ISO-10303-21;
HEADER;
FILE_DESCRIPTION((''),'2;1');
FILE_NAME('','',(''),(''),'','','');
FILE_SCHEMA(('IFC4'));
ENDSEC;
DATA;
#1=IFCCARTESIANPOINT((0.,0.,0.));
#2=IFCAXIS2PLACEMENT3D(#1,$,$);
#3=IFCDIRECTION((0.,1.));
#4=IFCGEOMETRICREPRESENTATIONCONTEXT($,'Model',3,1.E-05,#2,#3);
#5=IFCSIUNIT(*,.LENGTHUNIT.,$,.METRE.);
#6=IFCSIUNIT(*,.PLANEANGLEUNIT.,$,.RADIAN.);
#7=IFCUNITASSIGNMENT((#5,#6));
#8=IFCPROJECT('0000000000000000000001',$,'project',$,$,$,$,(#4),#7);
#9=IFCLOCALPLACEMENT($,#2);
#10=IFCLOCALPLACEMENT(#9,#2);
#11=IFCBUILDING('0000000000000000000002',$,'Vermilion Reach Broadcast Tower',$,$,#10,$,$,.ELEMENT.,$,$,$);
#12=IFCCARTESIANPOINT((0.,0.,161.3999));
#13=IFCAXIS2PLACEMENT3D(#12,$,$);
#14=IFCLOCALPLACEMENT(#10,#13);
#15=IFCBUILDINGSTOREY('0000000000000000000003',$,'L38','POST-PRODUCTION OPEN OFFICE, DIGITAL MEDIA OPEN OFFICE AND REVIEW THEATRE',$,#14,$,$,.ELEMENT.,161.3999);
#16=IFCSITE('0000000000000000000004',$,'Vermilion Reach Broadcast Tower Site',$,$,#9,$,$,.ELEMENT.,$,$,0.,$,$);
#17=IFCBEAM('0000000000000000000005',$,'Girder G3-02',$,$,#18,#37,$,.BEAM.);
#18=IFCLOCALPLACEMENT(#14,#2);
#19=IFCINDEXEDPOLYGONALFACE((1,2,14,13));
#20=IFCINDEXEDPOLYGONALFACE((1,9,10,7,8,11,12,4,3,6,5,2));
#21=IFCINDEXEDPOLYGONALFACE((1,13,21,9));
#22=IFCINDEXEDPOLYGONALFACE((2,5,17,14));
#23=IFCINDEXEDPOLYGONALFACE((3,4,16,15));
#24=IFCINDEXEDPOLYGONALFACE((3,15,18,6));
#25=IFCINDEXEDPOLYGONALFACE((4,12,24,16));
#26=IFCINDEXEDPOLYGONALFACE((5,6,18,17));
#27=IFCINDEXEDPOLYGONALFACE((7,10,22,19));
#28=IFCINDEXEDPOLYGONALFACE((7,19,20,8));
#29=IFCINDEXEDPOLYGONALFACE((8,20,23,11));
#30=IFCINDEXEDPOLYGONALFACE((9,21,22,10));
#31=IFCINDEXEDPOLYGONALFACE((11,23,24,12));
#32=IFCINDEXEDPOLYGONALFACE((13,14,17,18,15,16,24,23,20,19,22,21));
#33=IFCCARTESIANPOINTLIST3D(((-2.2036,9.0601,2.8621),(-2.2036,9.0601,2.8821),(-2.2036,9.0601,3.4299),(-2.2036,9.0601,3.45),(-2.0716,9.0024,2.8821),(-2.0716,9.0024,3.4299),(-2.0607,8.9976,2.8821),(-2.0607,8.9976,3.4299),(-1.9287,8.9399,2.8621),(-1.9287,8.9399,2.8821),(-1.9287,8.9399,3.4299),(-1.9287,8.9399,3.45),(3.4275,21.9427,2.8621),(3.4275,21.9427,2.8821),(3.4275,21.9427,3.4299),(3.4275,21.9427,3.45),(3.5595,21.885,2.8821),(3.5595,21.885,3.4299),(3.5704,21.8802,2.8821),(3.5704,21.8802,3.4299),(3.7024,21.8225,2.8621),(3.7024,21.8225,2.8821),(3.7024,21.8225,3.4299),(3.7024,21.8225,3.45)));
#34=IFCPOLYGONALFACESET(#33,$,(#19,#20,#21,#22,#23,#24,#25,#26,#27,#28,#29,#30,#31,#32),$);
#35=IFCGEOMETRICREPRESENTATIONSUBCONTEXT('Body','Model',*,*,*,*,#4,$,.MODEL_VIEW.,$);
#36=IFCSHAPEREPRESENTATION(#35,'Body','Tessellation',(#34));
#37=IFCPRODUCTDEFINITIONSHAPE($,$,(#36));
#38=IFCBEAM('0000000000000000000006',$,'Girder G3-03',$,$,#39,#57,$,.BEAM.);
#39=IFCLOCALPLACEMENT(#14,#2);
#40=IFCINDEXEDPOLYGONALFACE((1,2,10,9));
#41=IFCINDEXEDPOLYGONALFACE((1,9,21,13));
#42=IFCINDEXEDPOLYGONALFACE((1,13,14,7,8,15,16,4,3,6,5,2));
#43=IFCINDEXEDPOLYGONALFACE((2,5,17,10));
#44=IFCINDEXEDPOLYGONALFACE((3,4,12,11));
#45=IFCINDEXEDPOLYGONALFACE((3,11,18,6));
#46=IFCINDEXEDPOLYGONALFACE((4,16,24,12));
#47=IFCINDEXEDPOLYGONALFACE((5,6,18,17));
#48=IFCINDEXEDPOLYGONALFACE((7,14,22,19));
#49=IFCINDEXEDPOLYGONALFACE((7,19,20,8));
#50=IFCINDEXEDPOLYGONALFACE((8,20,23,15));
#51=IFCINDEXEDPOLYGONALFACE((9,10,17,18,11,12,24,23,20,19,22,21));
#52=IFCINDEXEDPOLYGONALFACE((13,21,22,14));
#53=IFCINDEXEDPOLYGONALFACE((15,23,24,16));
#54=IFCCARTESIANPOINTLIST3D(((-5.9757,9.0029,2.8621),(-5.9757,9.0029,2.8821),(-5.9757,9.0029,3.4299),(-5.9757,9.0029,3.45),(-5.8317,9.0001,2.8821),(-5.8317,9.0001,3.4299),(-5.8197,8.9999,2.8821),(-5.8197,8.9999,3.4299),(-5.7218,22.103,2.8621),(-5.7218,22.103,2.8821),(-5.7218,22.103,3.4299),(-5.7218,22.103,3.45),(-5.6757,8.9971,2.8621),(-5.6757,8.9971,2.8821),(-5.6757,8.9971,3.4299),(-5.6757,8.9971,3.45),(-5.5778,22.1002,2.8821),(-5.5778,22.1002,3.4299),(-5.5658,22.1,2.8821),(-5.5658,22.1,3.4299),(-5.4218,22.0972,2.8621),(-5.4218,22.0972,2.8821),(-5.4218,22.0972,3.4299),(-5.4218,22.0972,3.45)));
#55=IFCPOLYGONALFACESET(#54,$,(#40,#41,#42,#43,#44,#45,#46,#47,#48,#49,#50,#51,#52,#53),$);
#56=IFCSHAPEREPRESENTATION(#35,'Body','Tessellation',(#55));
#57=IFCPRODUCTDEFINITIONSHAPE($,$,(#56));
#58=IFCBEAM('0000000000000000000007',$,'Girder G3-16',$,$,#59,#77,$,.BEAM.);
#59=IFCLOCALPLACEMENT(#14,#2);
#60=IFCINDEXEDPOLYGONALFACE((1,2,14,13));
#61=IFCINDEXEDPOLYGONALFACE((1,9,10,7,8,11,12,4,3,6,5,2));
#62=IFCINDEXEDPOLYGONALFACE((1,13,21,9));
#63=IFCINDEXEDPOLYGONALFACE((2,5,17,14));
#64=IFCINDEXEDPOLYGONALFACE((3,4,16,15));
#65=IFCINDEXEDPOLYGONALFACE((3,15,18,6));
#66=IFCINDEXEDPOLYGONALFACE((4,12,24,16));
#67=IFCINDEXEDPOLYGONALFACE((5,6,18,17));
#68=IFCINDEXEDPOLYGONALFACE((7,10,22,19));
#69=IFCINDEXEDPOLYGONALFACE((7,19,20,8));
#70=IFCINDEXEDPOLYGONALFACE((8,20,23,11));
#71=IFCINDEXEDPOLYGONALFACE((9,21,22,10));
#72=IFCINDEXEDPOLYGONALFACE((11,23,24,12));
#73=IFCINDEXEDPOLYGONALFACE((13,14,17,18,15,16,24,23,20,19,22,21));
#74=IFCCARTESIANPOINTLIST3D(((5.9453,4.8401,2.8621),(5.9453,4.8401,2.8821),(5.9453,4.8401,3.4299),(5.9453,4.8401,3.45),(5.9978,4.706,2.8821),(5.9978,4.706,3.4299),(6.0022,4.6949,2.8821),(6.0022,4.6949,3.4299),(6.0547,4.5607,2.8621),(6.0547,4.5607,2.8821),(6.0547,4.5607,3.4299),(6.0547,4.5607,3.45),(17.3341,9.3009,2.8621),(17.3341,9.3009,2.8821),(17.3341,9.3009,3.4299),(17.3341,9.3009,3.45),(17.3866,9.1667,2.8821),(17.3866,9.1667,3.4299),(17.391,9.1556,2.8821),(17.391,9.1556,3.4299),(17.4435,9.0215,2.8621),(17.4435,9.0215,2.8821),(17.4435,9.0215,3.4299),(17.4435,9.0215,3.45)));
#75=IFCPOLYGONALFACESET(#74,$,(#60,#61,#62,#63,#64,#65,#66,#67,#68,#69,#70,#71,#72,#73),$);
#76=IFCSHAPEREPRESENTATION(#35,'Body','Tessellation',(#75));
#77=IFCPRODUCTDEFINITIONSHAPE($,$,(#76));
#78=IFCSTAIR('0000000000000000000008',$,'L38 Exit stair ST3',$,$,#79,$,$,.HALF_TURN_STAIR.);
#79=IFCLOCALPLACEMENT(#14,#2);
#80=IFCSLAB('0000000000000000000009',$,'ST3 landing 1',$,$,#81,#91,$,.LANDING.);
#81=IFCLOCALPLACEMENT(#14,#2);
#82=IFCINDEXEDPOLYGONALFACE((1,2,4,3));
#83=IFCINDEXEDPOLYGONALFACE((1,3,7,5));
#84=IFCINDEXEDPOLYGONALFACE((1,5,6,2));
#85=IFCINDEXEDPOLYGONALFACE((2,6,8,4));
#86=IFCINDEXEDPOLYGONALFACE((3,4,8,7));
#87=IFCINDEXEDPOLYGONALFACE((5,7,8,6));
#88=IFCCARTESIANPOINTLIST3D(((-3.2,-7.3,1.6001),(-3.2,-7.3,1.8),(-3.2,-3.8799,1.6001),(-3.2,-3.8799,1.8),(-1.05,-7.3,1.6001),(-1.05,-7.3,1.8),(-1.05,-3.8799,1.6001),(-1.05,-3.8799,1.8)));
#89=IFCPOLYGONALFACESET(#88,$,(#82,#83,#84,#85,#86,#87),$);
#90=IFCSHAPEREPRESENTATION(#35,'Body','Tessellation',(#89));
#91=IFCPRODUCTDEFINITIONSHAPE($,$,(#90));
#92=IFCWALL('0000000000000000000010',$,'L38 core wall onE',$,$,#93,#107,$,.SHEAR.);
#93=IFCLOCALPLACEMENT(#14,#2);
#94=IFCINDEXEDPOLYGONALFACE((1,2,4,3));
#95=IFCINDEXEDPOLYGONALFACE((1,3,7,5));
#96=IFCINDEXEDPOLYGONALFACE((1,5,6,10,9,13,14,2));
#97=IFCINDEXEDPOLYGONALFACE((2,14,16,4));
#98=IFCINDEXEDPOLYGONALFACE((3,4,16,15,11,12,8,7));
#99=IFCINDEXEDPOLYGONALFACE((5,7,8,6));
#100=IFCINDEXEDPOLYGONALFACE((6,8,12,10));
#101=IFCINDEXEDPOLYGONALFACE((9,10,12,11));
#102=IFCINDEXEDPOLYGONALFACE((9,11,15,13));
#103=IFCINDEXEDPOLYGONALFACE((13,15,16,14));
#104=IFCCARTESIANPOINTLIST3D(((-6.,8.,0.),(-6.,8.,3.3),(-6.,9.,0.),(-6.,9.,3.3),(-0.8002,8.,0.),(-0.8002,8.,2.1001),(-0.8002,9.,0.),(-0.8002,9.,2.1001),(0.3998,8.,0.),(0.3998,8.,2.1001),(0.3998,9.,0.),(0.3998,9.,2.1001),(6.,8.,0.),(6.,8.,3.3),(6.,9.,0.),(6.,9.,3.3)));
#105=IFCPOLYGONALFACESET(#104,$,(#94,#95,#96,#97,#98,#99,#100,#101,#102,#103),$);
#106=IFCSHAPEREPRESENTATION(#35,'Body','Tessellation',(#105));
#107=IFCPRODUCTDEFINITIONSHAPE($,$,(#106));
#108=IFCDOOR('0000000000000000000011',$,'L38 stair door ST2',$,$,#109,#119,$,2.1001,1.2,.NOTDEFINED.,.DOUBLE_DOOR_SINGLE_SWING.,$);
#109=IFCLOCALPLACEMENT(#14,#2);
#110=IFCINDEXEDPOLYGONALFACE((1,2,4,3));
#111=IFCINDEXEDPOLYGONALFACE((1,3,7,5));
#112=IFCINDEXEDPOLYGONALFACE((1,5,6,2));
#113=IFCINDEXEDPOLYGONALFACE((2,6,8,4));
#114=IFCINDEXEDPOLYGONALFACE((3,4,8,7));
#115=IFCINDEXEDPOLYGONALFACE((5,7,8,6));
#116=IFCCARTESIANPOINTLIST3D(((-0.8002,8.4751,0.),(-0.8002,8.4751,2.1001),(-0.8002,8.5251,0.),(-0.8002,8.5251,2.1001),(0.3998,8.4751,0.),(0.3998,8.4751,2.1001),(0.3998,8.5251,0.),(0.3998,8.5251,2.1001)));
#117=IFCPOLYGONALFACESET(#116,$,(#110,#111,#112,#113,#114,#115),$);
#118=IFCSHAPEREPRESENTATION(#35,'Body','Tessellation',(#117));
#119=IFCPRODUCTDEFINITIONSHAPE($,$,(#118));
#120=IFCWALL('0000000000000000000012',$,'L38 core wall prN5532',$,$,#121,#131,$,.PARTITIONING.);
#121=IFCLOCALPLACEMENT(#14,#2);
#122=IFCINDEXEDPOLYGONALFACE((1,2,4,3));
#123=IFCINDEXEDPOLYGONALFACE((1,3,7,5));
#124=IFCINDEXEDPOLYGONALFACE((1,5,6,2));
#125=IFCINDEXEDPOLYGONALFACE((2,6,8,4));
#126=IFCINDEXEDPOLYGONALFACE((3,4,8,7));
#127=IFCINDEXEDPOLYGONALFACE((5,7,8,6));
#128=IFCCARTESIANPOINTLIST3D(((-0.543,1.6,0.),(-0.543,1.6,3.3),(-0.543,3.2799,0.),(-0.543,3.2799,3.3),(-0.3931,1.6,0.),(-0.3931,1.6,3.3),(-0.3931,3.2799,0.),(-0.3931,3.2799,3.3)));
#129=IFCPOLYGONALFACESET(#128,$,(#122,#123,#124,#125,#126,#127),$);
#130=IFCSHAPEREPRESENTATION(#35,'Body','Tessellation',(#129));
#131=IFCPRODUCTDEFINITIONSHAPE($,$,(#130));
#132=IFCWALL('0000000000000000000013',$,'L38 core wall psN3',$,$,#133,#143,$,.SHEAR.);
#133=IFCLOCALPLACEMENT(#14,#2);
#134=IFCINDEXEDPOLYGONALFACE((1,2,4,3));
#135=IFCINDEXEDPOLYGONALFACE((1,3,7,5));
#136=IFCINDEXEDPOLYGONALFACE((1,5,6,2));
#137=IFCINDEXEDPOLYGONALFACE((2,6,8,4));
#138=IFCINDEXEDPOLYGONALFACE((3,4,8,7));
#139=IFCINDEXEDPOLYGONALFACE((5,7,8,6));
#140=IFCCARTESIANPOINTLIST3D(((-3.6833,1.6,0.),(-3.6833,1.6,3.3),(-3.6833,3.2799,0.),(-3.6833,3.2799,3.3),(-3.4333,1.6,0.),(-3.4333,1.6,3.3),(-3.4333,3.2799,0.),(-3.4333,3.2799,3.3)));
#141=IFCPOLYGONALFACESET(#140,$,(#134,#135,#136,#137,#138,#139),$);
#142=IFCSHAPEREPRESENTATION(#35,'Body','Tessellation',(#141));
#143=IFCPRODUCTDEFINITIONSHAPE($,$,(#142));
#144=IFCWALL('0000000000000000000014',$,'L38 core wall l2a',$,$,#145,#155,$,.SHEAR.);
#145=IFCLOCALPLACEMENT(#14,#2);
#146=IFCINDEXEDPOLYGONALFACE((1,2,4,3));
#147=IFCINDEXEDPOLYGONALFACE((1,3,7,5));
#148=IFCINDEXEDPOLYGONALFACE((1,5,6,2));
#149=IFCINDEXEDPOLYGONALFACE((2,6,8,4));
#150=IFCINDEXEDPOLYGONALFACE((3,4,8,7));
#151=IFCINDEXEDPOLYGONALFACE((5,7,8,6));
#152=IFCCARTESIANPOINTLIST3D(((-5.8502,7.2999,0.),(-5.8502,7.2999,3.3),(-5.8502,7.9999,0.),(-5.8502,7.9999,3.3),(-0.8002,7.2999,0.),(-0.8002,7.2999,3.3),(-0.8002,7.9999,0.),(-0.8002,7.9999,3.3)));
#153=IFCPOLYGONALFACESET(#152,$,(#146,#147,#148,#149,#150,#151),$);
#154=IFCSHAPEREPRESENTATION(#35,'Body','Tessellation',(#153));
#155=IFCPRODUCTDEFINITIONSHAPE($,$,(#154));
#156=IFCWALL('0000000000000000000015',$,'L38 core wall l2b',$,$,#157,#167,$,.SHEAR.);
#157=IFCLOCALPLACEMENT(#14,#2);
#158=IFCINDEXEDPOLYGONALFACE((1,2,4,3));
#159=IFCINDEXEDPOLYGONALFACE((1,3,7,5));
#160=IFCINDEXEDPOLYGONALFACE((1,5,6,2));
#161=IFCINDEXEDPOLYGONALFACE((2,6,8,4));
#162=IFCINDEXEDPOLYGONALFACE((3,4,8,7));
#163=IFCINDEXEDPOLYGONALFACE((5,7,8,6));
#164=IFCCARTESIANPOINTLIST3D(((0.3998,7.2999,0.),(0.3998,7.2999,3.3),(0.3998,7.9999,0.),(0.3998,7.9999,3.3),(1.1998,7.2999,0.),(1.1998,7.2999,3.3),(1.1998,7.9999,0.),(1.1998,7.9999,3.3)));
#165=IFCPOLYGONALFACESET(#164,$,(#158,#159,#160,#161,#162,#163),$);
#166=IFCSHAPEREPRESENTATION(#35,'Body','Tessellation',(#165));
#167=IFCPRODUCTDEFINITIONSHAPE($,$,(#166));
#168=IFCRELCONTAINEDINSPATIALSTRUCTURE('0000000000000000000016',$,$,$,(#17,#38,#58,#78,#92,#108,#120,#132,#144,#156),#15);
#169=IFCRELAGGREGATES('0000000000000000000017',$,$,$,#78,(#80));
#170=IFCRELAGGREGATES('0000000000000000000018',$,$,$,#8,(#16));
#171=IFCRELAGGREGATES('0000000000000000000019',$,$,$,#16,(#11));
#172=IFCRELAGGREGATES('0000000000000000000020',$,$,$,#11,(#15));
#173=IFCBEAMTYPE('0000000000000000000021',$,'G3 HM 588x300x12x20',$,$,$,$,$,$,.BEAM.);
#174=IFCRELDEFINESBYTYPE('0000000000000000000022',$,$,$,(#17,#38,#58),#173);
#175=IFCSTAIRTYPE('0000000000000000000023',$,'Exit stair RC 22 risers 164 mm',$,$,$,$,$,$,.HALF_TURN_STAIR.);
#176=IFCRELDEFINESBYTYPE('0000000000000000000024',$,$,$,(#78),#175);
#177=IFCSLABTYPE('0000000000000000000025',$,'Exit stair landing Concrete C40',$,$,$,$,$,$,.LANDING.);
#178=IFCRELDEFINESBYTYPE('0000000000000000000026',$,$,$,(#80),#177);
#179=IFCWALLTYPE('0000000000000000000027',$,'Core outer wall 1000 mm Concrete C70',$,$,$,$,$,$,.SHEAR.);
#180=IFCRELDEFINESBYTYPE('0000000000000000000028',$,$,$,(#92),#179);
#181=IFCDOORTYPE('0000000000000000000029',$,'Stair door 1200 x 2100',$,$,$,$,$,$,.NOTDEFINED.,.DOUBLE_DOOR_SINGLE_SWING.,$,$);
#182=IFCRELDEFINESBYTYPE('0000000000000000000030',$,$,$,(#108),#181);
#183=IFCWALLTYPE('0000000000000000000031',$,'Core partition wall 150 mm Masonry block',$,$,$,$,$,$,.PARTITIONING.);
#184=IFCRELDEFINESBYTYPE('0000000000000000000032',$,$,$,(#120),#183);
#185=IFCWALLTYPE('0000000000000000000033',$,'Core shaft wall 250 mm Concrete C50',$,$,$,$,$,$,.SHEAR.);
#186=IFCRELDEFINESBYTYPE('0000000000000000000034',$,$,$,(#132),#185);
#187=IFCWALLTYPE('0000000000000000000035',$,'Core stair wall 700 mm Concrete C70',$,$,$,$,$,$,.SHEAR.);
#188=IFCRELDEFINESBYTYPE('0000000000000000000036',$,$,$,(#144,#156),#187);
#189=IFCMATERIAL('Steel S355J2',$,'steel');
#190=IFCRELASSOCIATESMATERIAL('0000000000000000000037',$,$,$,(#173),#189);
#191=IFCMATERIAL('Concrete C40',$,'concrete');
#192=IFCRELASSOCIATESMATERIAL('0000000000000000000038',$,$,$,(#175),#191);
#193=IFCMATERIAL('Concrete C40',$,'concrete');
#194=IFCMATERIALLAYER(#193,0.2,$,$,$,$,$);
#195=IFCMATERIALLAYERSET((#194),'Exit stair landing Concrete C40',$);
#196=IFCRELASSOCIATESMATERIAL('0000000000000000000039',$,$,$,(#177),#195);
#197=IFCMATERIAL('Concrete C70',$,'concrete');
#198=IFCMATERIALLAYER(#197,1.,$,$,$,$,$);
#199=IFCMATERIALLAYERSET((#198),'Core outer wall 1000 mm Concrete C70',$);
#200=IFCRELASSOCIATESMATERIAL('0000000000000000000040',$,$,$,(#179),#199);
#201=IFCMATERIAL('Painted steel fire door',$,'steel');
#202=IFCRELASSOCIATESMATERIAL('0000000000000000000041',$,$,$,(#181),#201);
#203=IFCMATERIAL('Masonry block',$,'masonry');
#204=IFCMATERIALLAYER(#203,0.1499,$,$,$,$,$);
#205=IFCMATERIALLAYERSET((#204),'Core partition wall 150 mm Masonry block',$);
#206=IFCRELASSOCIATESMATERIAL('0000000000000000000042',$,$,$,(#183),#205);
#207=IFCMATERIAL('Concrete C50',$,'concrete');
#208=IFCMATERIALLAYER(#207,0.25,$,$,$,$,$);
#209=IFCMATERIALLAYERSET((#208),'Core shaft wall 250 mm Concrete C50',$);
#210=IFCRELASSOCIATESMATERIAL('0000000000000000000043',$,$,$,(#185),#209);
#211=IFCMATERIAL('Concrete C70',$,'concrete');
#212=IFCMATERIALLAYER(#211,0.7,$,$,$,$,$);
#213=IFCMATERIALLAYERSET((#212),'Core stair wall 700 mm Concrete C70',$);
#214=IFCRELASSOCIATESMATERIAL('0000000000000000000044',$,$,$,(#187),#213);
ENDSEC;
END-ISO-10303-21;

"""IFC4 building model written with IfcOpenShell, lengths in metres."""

from ifc_helpers import new_model, si_unit, direction, frame, frame_2d, origin, origin_2d, place, context, subcontext, project, spatial, polyline, rectangle, i_section, outline, extrude, material, layer, layer_set, material_profile, profile_set, type_object, element, fill, aggregate, save


model = new_model("IFC4")

# Units and contexts
model_context = context("Model", 3, precision=1e-05, world=origin(), true_north=direction((0.0, 1.0)))
body_context = subcontext(model_context, "Body", "Model", "MODEL_VIEW")
ifc_project = project(units=[si_unit("LENGTHUNIT", "METRE"), si_unit("PLANEANGLEUNIT", "RADIAN")], contexts=[model_context])

# Site, building, storey
site_placement = place(None, origin())
site = spatial("IfcSite", under=ifc_project, at=site_placement, Name="Vermilion Reach Broadcast Tower Site", CompositionType="ELEMENT", RefElevation=0.0)
building_placement = place(site_placement, origin())
building = spatial("IfcBuilding", under=site, at=building_placement, Name="Vermilion Reach Broadcast Tower", CompositionType="ELEMENT")
storey_placement = place(building_placement, frame((0.0, 0.0, 161.3999)))
storey = spatial("IfcBuildingStorey", under=building, at=storey_placement, Name="L38", Description="POST-PRODUCTION OPEN OFFICE, DIGITAL MEDIA OPEN OFFICE AND REVIEW THEATRE", CompositionType="ELEMENT", Elevation=161.3999)

# Beams
ifc_material_1 = material(Name="Steel S355J2", Category="steel")
ifc_material_profile = material_profile(ifc_material_1, i_section(OverallWidth=0.3, OverallDepth=0.5879, WebThickness=0.012, FlangeThickness=0.02, at=origin_2d()), Name="S355J2 HM 588x300x12x20")
ifc_profile_set = profile_set([ifc_material_profile], Name="Steel S355J2")
beam_type = type_object("IfcBeamType", Name="G3 HM 588x300x12x20", PredefinedType="BEAM", material=ifc_profile_set)
beam_1_placement = place(storey_placement, frame((-2.0662, 9.0, 3.156), z_axis=(0.400519, 0.916288, 0.0), x_axis=(-0.916288, 0.400519, 0.0)))
element("IfcBeam", 1, at=beam_1_placement, inside=storey, type_object=beam_type, Name="Girder G3-02", PredefinedType="BEAM", context=body_context, shape_type="SweptSolid", body=[
    extrude(i_section(OverallWidth=0.3, OverallDepth=0.5879, WebThickness=0.012, FlangeThickness=0.02, at=origin_2d()), origin(), (0.0, 0.0, 1.0), 14.0596),
])
beam_2_placement = place(storey_placement, frame((-5.8257, 9.0, 3.156), z_axis=(0.019378, 0.999812, 0.0), x_axis=(-0.999812, 0.019378, 0.0)))
element("IfcBeam", 2, at=beam_2_placement, inside=storey, type_object=beam_type, Name="Girder G3-03", PredefinedType="BEAM", context=body_context, shape_type="SweptSolid", body=[
    extrude(i_section(OverallWidth=0.3, OverallDepth=0.5879, WebThickness=0.012, FlangeThickness=0.02, at=origin_2d()), origin(), (0.0, 0.0, 1.0), 13.1025),
])
beam_3_placement = place(storey_placement, frame((6.0, 4.7004, 3.156), z_axis=(0.931125, 0.364701, 0.0), x_axis=(-0.364701, 0.931125, 0.0)))
element("IfcBeam", 3, at=beam_3_placement, inside=storey, type_object=beam_type, Name="Girder G3-16", PredefinedType="BEAM", context=body_context, shape_type="SweptSolid", body=[
    extrude(i_section(OverallWidth=0.3, OverallDepth=0.5879, WebThickness=0.012, FlangeThickness=0.02, at=origin_2d()), origin(), (0.0, 0.0, 1.0), 12.2312),
])

# Stair, slab
ifc_material_2 = material(Name="Concrete C40", Category="concrete")
stair_type = type_object("IfcStairType", Name="Exit stair RC 22 risers 164 mm", PredefinedType="HALF_TURN_STAIR", material=ifc_material_2)
placement = place(storey_placement, origin())
stair_1 = element("IfcStair", 4, at=placement, inside=storey, type_object=stair_type, Name="L38 Exit stair ST3", PredefinedType="HALF_TURN_STAIR")
ifc_material_3 = material(Name="Concrete C40", Category="concrete")
ifc_layer_1 = layer(ifc_material_3, 0.2)
ifc_layer_set_1 = layer_set([ifc_layer_1], Name="Exit stair landing Concrete C40")
slab_type = type_object("IfcSlabType", Name="Exit stair landing Concrete C40", PredefinedType="LANDING", material=ifc_layer_set_1)
slab_placement = place(storey_placement, frame((0.0, 0.0, 1.6001)))
slab = element("IfcSlab", 5, at=slab_placement, type_object=slab_type, Name="ST3 landing 1", PredefinedType="LANDING", context=body_context, shape_type="SweptSolid", body=[
    extrude(outline(polyline([(-3.2, -7.3), (-1.05, -7.3), (-1.05, -3.8799), (-3.2, -3.8799), (-3.2, -7.3)])), origin(), (0.0, 0.0, 1.0), 0.2),
])
aggregate(stair_1, [slab])

# Wall, opening, door
ifc_material_4 = material(Name="Concrete C70", Category="concrete")
ifc_layer_2 = layer(ifc_material_4, 1.0)
ifc_layer_set_2 = layer_set([ifc_layer_2], Name="Core outer wall 1000 mm Concrete C70")
wall_type_1 = type_object("IfcWallType", Name="Core outer wall 1000 mm Concrete C70", PredefinedType="SHEAR", material=ifc_layer_set_2)
wall_1_placement = place(storey_placement, frame((6.0, 8.5, 0.0), z_axis=(0.0, 0.0, 1.0), x_axis=(-1.0, 0.0, 0.0)))
wall_1 = element("IfcWall", 6, at=wall_1_placement, inside=storey, type_object=wall_type_1, Name="L38 core wall onE", PredefinedType="SHEAR", context=body_context, shape_type="SweptSolid", body=[
    extrude(rectangle(XDim=12.0, YDim=1.0, at=frame_2d((6.0, 0.0))), origin(), (0.0, 0.0, 1.0), 3.3),
])
opening_placement = place(wall_1_placement, frame((5.6001, 0.0, 0.0)))
opening = element("IfcOpeningElement", 7, at=opening_placement, cuts=wall_1, PredefinedType="OPENING", context=body_context, shape_type="SweptSolid", body=[
    extrude(rectangle(XDim=1.2, YDim=2.1001, at=frame_2d((0.6001, 1.05))), frame((0.0, 0.51, 0.0), z_axis=(0.0, -1.0, 0.0), x_axis=(1.0, 0.0, 0.0)), (0.0, 0.0, 1.0), 1.02),
])
ifc_material_5 = material(Name="Painted steel fire door", Category="steel")
door_type = type_object("IfcDoorType", Name="Stair door 1200 x 2100", OperationType="DOUBLE_DOOR_SINGLE_SWING", PredefinedType="NOTDEFINED", material=ifc_material_5)
door_placement = place(opening_placement, origin())
door = element("IfcDoor", 8, at=door_placement, inside=storey, type_object=door_type, Name="L38 stair door ST2", OperationType="DOUBLE_DOOR_SINGLE_SWING", OverallHeight=2.1001, OverallWidth=1.2, PredefinedType="NOTDEFINED", context=body_context, shape_type="SweptSolid", body=[
    extrude(rectangle(XDim=1.2, YDim=2.1001, at=frame_2d((0.6001, 1.05))), frame((0.0, 0.0249, 0.0), z_axis=(0.0, -1.0, 0.0), x_axis=(1.0, 0.0, 0.0)), (0.0, 0.0, 1.0), 0.05),
])
fill(opening, door)

# Walls
ifc_material_6 = material(Name="Masonry block", Category="masonry")
ifc_layer_3 = layer(ifc_material_6, 0.1499)
ifc_layer_set_3 = layer_set([ifc_layer_3], Name="Core partition wall 150 mm Masonry block")
wall_type_2 = type_object("IfcWallType", Name="Core partition wall 150 mm Masonry block", PredefinedType="PARTITIONING", material=ifc_layer_set_3)
wall_2_placement = place(storey_placement, frame((-0.468, 1.6001, 0.0), z_axis=(0.0, 0.0, 1.0), x_axis=(0.0, 1.0, 0.0)))
element("IfcWall", 9, at=wall_2_placement, inside=storey, type_object=wall_type_2, Name="L38 core wall prN5532", PredefinedType="PARTITIONING", context=body_context, shape_type="SweptSolid", body=[
    extrude(rectangle(XDim=1.6799, YDim=0.1499, at=frame_2d((0.8398, 0.0))), origin(), (0.0, 0.0, 1.0), 3.3),
])
ifc_material_7 = material(Name="Concrete C50", Category="concrete")
ifc_layer_4 = layer(ifc_material_7, 0.25)
ifc_layer_set_4 = layer_set([ifc_layer_4], Name="Core shaft wall 250 mm Concrete C50")
wall_type_3 = type_object("IfcWallType", Name="Core shaft wall 250 mm Concrete C50", PredefinedType="SHEAR", material=ifc_layer_set_4)
wall_3_placement = place(storey_placement, frame((-3.5583, 1.6001, 0.0), z_axis=(0.0, 0.0, 1.0), x_axis=(0.0, 1.0, 0.0)))
element("IfcWall", 10, at=wall_3_placement, inside=storey, type_object=wall_type_3, Name="L38 core wall psN3", PredefinedType="SHEAR", context=body_context, shape_type="SweptSolid", body=[
    extrude(rectangle(XDim=1.6799, YDim=0.25, at=frame_2d((0.8398, 0.0))), origin(), (0.0, 0.0, 1.0), 3.3),
])
ifc_material_8 = material(Name="Concrete C70", Category="concrete")
ifc_layer_5 = layer(ifc_material_8, 0.7)
ifc_layer_set_5 = layer_set([ifc_layer_5], Name="Core stair wall 700 mm Concrete C70")
wall_type_4 = type_object("IfcWallType", Name="Core stair wall 700 mm Concrete C70", PredefinedType="SHEAR", material=ifc_layer_set_5)
wall_4_placement = place(storey_placement, frame((-5.8501, 7.6499, 0.0), z_axis=(0.0, 0.0, 1.0), x_axis=(1.0, 0.0, 0.0)))
element("IfcWall", 11, at=wall_4_placement, inside=storey, type_object=wall_type_4, Name="L38 core wall l2a", PredefinedType="SHEAR", context=body_context, shape_type="SweptSolid", body=[
    extrude(rectangle(XDim=5.05, YDim=0.7, at=frame_2d((2.5249, 0.0))), origin(), (0.0, 0.0, 1.0), 3.3),
])
wall_5_placement = place(storey_placement, frame((0.3999, 7.6499, 0.0), z_axis=(0.0, 0.0, 1.0), x_axis=(1.0, 0.0, 0.0)))
element("IfcWall", 12, at=wall_5_placement, inside=storey, type_object=wall_type_4, Name="L38 core wall l2b", PredefinedType="SHEAR", context=body_context, shape_type="SweptSolid", body=[
    extrude(rectangle(XDim=0.8, YDim=0.7, at=frame_2d((0.3999, 0.0))), origin(), (0.0, 0.0, 1.0), 3.3),
])

save(model, "model.ifc")
